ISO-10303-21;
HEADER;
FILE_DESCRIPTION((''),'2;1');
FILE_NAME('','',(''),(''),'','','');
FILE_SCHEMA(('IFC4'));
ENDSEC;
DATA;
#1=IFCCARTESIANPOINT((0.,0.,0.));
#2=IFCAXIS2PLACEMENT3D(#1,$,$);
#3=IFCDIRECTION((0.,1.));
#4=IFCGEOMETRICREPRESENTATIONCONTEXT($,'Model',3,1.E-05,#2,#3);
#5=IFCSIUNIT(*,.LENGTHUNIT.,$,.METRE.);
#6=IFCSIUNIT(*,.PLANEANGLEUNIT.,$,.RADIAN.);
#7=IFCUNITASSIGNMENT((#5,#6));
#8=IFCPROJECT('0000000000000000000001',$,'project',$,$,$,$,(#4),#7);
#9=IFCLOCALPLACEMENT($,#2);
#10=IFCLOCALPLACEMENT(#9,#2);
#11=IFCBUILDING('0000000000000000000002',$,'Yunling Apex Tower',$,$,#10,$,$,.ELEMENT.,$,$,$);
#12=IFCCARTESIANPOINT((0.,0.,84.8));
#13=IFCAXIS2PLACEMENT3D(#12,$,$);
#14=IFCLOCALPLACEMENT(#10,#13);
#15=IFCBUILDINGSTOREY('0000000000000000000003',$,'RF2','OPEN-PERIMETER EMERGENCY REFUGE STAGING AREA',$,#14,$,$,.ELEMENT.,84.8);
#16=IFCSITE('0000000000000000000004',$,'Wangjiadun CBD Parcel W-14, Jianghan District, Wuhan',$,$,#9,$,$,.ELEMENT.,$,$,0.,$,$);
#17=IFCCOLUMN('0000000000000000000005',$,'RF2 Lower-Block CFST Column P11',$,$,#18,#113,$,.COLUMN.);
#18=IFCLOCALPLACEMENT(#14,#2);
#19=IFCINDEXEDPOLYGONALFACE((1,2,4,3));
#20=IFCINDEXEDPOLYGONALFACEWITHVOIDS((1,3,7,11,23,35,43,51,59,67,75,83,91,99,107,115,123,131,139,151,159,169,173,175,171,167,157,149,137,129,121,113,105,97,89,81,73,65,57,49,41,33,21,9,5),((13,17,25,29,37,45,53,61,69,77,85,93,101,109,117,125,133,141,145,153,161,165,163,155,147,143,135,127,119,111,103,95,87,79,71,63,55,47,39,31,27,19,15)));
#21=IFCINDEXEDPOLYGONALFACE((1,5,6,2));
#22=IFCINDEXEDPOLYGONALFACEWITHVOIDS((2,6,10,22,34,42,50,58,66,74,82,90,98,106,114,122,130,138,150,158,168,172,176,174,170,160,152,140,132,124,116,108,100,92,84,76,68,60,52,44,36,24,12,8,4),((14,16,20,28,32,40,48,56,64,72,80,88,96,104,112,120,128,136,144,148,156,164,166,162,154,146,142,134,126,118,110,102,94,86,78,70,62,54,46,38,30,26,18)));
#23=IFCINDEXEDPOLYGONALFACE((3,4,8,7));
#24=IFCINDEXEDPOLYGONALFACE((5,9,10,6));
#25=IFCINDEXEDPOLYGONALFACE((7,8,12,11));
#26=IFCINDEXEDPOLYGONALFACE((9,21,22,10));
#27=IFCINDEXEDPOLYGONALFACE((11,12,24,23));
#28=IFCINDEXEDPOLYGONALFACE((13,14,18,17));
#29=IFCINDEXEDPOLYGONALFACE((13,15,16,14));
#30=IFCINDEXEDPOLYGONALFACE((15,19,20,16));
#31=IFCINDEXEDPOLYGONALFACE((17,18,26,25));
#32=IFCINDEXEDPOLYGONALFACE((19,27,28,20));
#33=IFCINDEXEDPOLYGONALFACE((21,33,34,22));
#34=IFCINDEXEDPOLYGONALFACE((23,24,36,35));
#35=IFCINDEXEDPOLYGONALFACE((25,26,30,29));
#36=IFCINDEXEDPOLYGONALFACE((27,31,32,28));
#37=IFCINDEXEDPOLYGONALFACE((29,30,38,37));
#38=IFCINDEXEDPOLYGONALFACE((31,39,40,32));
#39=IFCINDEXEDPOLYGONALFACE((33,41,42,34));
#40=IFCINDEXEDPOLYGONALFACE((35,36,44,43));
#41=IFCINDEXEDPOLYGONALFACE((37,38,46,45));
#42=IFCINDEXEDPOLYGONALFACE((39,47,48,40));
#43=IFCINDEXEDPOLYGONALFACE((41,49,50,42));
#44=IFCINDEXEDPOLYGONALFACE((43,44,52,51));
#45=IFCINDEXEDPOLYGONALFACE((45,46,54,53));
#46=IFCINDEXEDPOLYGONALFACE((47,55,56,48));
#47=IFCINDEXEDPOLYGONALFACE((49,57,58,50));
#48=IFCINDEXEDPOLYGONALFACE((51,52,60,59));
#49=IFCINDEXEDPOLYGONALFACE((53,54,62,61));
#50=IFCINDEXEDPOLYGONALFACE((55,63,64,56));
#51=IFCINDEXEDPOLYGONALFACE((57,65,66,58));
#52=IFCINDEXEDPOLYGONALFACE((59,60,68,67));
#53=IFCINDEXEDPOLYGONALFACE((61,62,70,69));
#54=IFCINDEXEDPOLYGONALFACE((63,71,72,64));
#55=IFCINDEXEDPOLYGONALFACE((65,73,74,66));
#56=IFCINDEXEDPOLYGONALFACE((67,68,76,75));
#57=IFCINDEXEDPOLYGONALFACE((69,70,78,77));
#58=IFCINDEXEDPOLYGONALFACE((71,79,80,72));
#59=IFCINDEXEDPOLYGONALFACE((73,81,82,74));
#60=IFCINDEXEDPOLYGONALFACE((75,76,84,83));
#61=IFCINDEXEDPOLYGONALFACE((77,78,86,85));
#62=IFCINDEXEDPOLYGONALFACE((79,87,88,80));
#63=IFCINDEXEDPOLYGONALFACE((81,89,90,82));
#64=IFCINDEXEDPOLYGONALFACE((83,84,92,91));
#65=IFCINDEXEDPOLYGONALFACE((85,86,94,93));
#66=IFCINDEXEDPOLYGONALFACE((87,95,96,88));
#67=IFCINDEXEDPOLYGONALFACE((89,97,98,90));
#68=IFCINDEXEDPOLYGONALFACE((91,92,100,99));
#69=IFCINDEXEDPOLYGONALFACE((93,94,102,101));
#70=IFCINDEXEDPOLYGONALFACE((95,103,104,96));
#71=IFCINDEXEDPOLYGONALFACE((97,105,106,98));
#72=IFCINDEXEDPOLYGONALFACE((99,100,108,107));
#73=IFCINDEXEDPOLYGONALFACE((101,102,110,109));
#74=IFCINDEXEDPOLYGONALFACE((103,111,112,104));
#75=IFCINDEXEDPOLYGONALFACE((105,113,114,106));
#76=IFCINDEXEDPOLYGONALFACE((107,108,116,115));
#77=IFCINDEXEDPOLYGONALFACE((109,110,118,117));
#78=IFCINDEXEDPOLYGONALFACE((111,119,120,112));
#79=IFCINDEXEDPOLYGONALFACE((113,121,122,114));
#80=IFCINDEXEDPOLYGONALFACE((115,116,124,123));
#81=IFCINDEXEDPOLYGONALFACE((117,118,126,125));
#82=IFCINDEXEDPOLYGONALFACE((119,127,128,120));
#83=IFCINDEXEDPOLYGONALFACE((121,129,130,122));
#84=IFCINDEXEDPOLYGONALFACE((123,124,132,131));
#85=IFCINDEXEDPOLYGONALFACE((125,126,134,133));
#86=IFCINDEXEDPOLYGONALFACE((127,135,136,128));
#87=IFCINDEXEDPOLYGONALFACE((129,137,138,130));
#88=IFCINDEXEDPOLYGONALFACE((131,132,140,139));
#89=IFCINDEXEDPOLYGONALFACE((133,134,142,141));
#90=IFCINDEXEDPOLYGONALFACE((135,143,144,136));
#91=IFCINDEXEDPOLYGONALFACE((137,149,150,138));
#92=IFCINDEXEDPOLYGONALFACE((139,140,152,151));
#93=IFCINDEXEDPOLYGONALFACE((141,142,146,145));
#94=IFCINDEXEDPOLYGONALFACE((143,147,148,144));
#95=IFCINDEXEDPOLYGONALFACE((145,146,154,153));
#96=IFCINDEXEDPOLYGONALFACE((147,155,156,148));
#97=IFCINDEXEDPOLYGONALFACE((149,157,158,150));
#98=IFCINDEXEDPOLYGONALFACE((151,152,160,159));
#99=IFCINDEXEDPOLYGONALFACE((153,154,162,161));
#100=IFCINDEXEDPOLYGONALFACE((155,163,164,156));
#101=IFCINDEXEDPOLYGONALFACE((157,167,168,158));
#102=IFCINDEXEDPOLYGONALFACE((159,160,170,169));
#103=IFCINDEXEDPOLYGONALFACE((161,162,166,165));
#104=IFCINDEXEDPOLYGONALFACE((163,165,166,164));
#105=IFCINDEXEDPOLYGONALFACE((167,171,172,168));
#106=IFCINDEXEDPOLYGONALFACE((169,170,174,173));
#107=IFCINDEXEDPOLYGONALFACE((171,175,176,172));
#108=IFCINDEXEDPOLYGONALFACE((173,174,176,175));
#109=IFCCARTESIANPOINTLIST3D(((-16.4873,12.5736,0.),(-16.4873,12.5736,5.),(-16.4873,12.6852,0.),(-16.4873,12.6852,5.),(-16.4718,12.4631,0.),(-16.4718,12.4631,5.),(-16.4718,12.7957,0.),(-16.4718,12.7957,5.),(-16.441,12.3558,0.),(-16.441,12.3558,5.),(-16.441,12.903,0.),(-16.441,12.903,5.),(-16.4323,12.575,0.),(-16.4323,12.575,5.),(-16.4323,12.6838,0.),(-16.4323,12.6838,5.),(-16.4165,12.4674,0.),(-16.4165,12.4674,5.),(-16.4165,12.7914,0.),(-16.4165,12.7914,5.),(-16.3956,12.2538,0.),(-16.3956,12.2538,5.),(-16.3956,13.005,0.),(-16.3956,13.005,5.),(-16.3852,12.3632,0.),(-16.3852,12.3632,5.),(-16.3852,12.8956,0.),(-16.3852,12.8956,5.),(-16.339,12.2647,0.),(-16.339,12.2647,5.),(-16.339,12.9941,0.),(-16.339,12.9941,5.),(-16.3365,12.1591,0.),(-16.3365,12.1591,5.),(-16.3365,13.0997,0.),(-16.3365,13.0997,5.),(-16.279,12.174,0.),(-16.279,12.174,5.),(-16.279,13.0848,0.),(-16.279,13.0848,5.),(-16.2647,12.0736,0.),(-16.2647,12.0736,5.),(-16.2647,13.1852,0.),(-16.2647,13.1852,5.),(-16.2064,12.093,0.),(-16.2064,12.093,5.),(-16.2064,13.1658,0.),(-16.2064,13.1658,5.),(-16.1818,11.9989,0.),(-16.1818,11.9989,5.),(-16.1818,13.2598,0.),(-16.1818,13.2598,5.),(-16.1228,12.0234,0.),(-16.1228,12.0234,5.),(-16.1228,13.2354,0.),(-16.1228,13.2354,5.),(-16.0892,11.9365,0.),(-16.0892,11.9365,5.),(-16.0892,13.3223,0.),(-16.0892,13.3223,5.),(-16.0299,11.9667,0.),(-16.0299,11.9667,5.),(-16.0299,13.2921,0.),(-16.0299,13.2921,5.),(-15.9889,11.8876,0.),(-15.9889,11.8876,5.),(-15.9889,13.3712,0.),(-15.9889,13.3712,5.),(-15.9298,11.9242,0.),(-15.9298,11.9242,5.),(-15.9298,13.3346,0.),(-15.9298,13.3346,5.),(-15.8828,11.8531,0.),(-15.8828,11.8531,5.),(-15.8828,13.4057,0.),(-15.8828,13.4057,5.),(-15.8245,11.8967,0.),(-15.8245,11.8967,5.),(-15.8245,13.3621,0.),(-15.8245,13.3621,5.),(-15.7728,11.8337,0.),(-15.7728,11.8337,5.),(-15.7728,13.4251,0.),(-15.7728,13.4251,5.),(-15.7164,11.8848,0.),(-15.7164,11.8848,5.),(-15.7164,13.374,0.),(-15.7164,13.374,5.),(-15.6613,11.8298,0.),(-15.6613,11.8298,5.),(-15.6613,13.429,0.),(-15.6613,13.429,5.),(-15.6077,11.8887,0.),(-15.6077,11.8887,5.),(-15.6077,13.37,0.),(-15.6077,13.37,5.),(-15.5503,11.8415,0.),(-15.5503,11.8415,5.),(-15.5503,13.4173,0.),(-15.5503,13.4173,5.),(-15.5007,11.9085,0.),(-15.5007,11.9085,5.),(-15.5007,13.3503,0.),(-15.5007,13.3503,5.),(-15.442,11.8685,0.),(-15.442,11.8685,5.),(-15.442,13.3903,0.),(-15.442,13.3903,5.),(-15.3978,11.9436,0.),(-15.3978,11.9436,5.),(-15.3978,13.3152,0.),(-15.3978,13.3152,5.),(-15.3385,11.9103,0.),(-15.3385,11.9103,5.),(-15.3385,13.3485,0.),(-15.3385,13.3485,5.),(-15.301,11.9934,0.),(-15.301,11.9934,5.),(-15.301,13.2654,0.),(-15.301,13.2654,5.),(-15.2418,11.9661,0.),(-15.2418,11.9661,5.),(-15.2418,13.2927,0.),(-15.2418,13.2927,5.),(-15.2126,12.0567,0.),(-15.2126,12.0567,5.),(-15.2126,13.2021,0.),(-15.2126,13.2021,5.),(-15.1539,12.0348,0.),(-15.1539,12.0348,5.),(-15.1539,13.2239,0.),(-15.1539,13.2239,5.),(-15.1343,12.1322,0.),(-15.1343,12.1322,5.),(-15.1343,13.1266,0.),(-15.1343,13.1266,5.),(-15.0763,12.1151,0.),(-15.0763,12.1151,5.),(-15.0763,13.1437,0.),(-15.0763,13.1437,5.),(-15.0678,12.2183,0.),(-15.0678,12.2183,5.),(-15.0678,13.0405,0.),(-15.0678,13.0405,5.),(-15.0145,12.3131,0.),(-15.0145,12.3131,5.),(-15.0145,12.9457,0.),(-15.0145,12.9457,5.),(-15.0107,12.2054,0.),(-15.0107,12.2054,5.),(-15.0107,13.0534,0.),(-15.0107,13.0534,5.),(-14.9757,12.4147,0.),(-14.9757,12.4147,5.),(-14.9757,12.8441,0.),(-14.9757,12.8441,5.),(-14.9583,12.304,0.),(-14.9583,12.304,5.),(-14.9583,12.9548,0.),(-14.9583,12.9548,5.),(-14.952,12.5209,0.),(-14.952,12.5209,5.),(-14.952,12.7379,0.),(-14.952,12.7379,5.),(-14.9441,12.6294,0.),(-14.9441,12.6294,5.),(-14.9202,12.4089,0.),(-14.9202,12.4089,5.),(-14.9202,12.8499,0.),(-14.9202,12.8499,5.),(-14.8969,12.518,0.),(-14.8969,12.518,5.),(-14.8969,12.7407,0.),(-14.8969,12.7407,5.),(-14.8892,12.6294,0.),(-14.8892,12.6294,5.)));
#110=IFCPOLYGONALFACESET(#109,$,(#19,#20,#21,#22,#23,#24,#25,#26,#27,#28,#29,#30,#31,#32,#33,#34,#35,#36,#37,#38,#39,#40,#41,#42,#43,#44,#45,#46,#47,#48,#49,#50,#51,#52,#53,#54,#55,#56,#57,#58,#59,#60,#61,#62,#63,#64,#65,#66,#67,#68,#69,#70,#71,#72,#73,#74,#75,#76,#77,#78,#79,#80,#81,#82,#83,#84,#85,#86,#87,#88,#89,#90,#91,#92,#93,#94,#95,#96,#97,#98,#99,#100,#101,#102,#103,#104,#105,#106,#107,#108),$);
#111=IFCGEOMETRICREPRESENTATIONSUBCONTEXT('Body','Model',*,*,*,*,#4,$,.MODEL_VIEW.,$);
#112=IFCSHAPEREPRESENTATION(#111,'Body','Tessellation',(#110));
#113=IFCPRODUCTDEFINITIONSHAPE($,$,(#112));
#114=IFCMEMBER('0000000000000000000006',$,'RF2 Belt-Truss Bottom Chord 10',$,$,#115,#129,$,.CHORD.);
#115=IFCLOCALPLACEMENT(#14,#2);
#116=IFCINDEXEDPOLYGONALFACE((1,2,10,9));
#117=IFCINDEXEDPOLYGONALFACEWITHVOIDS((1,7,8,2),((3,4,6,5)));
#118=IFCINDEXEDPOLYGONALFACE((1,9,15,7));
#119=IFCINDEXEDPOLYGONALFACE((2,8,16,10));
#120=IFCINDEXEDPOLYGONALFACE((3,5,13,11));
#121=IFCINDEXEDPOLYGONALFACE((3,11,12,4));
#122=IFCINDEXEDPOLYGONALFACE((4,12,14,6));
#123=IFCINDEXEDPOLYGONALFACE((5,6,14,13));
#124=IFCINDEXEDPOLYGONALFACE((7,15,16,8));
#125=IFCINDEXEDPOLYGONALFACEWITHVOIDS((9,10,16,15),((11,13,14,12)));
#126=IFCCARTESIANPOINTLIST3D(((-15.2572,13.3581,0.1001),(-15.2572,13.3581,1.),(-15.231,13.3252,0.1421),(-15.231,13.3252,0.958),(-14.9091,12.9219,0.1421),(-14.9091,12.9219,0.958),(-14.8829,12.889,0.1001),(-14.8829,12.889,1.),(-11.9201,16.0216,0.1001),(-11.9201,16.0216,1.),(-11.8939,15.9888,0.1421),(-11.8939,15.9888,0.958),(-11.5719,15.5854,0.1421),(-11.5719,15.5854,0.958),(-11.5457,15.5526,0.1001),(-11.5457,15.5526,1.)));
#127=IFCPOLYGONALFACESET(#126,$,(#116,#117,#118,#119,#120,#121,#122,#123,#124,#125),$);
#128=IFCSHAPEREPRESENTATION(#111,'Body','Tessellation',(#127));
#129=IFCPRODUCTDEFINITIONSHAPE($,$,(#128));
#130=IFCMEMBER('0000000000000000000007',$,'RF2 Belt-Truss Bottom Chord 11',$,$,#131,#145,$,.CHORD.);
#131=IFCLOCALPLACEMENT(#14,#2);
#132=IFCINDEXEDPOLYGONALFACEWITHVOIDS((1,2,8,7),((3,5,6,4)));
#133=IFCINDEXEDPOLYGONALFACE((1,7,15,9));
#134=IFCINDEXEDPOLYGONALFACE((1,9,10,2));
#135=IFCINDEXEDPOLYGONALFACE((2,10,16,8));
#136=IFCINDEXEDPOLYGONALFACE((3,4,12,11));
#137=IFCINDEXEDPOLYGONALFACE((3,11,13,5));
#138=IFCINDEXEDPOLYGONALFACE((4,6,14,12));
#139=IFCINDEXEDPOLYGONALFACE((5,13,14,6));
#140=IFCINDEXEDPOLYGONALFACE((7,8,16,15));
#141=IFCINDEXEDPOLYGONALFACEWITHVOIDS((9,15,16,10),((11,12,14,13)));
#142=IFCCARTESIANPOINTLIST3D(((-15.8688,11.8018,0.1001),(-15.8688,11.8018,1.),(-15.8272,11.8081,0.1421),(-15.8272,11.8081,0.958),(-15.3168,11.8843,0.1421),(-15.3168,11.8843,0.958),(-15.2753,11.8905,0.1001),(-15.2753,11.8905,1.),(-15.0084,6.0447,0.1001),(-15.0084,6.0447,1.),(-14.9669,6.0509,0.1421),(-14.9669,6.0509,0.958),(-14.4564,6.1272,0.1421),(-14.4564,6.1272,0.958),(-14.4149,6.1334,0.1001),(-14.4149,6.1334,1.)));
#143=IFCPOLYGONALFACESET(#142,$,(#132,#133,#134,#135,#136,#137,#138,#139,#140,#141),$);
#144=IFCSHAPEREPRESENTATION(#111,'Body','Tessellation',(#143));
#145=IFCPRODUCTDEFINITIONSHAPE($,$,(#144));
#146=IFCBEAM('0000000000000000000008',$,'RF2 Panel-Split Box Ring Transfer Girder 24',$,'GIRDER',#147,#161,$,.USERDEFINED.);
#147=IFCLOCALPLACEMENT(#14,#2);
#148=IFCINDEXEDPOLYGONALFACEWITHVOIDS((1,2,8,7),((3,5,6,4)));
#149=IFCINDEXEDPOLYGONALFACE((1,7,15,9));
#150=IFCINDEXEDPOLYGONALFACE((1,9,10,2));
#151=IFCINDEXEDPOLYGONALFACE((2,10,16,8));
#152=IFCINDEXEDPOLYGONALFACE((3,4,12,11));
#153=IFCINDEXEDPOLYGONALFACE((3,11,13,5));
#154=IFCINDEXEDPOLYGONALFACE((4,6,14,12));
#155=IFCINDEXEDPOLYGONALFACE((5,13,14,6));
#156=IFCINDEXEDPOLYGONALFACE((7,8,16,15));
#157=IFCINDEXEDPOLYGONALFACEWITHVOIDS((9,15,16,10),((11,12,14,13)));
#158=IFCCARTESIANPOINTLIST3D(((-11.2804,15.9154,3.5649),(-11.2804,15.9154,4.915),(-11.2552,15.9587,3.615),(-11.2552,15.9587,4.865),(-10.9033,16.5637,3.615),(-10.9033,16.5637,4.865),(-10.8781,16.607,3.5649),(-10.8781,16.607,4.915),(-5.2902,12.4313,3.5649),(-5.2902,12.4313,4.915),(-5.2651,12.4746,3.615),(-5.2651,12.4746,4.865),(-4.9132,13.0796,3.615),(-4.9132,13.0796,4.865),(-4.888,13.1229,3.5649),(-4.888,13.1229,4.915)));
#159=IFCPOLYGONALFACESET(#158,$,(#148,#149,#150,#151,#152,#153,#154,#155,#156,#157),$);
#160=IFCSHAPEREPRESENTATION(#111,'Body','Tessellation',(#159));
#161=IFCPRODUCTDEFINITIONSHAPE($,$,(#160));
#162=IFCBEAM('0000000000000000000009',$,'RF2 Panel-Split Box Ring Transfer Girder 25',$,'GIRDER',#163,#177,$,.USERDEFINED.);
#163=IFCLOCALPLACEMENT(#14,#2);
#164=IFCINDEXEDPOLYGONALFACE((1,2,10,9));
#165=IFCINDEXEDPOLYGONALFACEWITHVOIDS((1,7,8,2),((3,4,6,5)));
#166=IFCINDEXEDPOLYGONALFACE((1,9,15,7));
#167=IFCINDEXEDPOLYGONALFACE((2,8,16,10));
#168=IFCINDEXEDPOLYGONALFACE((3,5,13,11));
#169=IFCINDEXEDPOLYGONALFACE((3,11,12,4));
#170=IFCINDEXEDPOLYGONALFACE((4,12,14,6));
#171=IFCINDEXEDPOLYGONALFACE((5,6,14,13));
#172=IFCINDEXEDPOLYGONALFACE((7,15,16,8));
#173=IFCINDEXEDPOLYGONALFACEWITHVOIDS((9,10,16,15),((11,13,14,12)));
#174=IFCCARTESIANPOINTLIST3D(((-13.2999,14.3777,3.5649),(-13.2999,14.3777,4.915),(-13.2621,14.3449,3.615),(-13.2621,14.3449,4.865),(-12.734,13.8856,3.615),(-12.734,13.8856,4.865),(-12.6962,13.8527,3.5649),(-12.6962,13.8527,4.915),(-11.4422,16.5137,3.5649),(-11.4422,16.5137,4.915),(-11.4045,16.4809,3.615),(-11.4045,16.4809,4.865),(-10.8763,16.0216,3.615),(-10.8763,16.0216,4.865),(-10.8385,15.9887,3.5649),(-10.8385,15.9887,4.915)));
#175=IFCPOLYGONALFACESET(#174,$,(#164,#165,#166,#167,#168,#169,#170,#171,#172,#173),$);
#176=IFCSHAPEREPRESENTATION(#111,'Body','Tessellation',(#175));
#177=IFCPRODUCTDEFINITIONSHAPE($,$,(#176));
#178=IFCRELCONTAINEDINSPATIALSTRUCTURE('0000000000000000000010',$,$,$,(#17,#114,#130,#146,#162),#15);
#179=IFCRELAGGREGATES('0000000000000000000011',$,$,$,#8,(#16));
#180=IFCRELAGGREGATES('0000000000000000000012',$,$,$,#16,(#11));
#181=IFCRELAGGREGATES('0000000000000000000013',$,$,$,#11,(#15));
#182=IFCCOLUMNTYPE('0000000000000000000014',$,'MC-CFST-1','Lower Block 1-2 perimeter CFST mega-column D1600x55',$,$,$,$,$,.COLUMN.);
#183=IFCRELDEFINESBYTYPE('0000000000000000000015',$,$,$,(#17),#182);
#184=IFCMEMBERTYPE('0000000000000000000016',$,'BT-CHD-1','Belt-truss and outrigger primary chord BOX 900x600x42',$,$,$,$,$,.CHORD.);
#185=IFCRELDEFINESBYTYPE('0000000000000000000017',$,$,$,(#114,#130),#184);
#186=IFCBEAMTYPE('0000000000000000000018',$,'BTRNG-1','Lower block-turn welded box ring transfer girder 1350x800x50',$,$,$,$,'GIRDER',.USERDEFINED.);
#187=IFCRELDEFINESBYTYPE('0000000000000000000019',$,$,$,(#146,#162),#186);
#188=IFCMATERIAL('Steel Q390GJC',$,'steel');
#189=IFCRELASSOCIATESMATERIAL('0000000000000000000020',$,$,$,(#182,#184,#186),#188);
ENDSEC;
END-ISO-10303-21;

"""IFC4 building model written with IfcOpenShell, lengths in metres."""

from ifc_helpers import new_model, si_unit, direction, frame, origin, origin_2d, place, context, subcontext, project, spatial, hollow_rectangle, hollow_circle, extrude, source, transform, mapped, material, material_profile, profile_set, type_object, element, save


model = new_model("IFC4")

# Units and contexts
model_context = context("Model", 3, precision=1e-05, world=origin(), true_north=direction((0.0, 1.0)))
body_context = subcontext(model_context, "Body", "Model", "MODEL_VIEW")
ifc_project = project(units=[si_unit("LENGTHUNIT", "METRE"), si_unit("PLANEANGLEUNIT", "RADIAN")], contexts=[model_context])

# Site, building, storey
site_placement = place(None, origin())
site = spatial("IfcSite", under=ifc_project, at=site_placement, Name="Wangjiadun CBD Parcel W-14, Jianghan District, Wuhan", CompositionType="ELEMENT", RefElevation=0.0)
building_placement = place(site_placement, origin())
building = spatial("IfcBuilding", under=site, at=building_placement, Name="Yunling Apex Tower", CompositionType="ELEMENT")
storey_placement = place(building_placement, frame((0.0, 0.0, 84.8)))
storey = spatial("IfcBuildingStorey", under=building, at=storey_placement, Name="RF2", Description="OPEN-PERIMETER EMERGENCY REFUGE STAGING AREA", CompositionType="ELEMENT", Elevation=84.8)

# Column
ifc_material_1 = material(Name="Steel Q390GJC", Category="steel")
ifc_material_profile_1 = material_profile(ifc_material_1, hollow_circle(Radius=0.8, WallThickness=0.0549, at=origin_2d()))
ifc_profile_set_1 = profile_set([ifc_material_profile_1], Name="Steel Q390GJC")
column_type_1 = type_object("IfcColumnType", Name="MC-CFST-1", Description="Lower Block 1-2 perimeter CFST mega-column D1600x55", PredefinedType="COLUMN", material=ifc_profile_set_1)
shared_shape_1 = source(origin(), body_context, "Body", "SweptSolid", [
    extrude(hollow_circle(Radius=0.8, WallThickness=0.0549, at=origin_2d()), origin(), (0.0, 0.0, 1.0), 5.0),
])
for number, where, z_axis, x_axis, name in (
    (1, (-15.6892, 12.6294, 0.0), (0.0, 0.0, 1.0), (1.0, 0.0, 0.0), "RF2 Lower-Block CFST Column P11"),
):
    element("IfcColumn", number, at=place(storey_placement, frame(where, z_axis=z_axis, x_axis=x_axis)), inside=storey, type_object=column_type_1, Name=name, PredefinedType="COLUMN", context=body_context, shape_type="MappedRepresentation", body=[
        mapped(shared_shape_1, transform((0.0, 0.0, 0.0), scale=1.0)),
    ])

# Members
ifc_material_profile_2 = material_profile(ifc_material_1, hollow_rectangle(XDim=0.6001, YDim=0.8999, WallThickness=0.042, at=origin_2d()))
ifc_profile_set_2 = profile_set([ifc_material_profile_2], Name="Steel Q390GJC")
member_type_1 = type_object("IfcMemberType", Name="BT-CHD-1", Description="Belt-truss and outrigger primary chord BOX 900x600x42", PredefinedType="CHORD", material=ifc_profile_set_2)
shared_shape_2 = source(origin(), body_context, "Body", "SweptSolid", [
    extrude(hollow_rectangle(XDim=0.6001, YDim=0.8999, WallThickness=0.042, at=origin_2d()), origin(), (0.0, 0.0, 1.0), 4.2698),
])
member_1_placement = place(storey_placement, frame((-11.7329, 15.7871, 0.55), z_axis=(-0.781571, -0.623816, 0.0), x_axis=(0.623816, -0.781571, 0.0)))
element("IfcMember", 2, at=member_1_placement, inside=storey, type_object=member_type_1, Name="RF2 Belt-Truss Bottom Chord 10", PredefinedType="CHORD", context=body_context, shape_type="MappedRepresentation", body=[
    mapped(shared_shape_2, transform((0.0, 0.0, 0.0), scale=1.0)),
])
shared_shape_3 = source(origin(), body_context, "Body", "SweptSolid", [
    extrude(hollow_rectangle(XDim=0.6001, YDim=0.8999, WallThickness=0.042, at=origin_2d()), origin(), (0.0, 0.0, 1.0), 5.821),
])
member_2_placement = place(storey_placement, frame((-15.572, 11.8462, 0.55), z_axis=(0.147801, -0.989017, 0.0), x_axis=(0.989017, 0.147801, 0.0)))
element("IfcMember", 3, at=member_2_placement, inside=storey, type_object=member_type_1, Name="RF2 Belt-Truss Bottom Chord 11", PredefinedType="CHORD", context=body_context, shape_type="MappedRepresentation", body=[
    mapped(shared_shape_3, transform((0.0, 0.0, 0.0), scale=1.0)),
])

# Beams
ifc_material_profile_3 = material_profile(ifc_material_1, hollow_rectangle(XDim=0.8, YDim=1.3501, WallThickness=0.05, at=origin_2d()))
ifc_profile_set_3 = profile_set([ifc_material_profile_3], Name="Steel Q390GJC")
beam_type = type_object("IfcBeamType", Name="BTRNG-1", Description="Lower block-turn welded box ring transfer girder 1350x800x50", ElementType="GIRDER", PredefinedType="USERDEFINED", material=ifc_profile_set_3)
shared_shape_4 = source(origin(), body_context, "Body", "SweptSolid", [
    extrude(hollow_rectangle(XDim=0.8, YDim=1.3501, WallThickness=0.05, at=origin_2d()), origin(), (0.0, 0.0, 1.0), 6.9297),
])
beam_1_placement = place(storey_placement, frame((-5.0891, 12.7771, 4.24), z_axis=(-0.864417, 0.502775, 0.0), x_axis=(-0.502775, -0.864417, 0.0)))
element("IfcBeam", 4, at=beam_1_placement, inside=storey, type_object=beam_type, Name="RF2 Panel-Split Box Ring Transfer Girder 24", ObjectType="GIRDER", PredefinedType="USERDEFINED", context=body_context, shape_type="MappedRepresentation", body=[
    mapped(shared_shape_4, transform((0.0, 0.0, 0.0), scale=1.0)),
])
shared_shape_5 = source(origin(), body_context, "Body", "SweptSolid", [
    extrude(hollow_rectangle(XDim=0.8, YDim=1.3501, WallThickness=0.05, at=origin_2d()), origin(), (0.0, 0.0, 1.0), 2.8308),
])
beam_2_placement = place(storey_placement, frame((-11.1404, 16.2512, 4.24), z_axis=(-0.656236, -0.754555, 0.0), x_axis=(0.754555, -0.656236, 0.0)))
element("IfcBeam", 5, at=beam_2_placement, inside=storey, type_object=beam_type, Name="RF2 Panel-Split Box Ring Transfer Girder 25", ObjectType="GIRDER", PredefinedType="USERDEFINED", context=body_context, shape_type="MappedRepresentation", body=[
    mapped(shared_shape_5, transform((0.0, 0.0, 0.0), scale=1.0)),
])

save(model, "model.ifc")
